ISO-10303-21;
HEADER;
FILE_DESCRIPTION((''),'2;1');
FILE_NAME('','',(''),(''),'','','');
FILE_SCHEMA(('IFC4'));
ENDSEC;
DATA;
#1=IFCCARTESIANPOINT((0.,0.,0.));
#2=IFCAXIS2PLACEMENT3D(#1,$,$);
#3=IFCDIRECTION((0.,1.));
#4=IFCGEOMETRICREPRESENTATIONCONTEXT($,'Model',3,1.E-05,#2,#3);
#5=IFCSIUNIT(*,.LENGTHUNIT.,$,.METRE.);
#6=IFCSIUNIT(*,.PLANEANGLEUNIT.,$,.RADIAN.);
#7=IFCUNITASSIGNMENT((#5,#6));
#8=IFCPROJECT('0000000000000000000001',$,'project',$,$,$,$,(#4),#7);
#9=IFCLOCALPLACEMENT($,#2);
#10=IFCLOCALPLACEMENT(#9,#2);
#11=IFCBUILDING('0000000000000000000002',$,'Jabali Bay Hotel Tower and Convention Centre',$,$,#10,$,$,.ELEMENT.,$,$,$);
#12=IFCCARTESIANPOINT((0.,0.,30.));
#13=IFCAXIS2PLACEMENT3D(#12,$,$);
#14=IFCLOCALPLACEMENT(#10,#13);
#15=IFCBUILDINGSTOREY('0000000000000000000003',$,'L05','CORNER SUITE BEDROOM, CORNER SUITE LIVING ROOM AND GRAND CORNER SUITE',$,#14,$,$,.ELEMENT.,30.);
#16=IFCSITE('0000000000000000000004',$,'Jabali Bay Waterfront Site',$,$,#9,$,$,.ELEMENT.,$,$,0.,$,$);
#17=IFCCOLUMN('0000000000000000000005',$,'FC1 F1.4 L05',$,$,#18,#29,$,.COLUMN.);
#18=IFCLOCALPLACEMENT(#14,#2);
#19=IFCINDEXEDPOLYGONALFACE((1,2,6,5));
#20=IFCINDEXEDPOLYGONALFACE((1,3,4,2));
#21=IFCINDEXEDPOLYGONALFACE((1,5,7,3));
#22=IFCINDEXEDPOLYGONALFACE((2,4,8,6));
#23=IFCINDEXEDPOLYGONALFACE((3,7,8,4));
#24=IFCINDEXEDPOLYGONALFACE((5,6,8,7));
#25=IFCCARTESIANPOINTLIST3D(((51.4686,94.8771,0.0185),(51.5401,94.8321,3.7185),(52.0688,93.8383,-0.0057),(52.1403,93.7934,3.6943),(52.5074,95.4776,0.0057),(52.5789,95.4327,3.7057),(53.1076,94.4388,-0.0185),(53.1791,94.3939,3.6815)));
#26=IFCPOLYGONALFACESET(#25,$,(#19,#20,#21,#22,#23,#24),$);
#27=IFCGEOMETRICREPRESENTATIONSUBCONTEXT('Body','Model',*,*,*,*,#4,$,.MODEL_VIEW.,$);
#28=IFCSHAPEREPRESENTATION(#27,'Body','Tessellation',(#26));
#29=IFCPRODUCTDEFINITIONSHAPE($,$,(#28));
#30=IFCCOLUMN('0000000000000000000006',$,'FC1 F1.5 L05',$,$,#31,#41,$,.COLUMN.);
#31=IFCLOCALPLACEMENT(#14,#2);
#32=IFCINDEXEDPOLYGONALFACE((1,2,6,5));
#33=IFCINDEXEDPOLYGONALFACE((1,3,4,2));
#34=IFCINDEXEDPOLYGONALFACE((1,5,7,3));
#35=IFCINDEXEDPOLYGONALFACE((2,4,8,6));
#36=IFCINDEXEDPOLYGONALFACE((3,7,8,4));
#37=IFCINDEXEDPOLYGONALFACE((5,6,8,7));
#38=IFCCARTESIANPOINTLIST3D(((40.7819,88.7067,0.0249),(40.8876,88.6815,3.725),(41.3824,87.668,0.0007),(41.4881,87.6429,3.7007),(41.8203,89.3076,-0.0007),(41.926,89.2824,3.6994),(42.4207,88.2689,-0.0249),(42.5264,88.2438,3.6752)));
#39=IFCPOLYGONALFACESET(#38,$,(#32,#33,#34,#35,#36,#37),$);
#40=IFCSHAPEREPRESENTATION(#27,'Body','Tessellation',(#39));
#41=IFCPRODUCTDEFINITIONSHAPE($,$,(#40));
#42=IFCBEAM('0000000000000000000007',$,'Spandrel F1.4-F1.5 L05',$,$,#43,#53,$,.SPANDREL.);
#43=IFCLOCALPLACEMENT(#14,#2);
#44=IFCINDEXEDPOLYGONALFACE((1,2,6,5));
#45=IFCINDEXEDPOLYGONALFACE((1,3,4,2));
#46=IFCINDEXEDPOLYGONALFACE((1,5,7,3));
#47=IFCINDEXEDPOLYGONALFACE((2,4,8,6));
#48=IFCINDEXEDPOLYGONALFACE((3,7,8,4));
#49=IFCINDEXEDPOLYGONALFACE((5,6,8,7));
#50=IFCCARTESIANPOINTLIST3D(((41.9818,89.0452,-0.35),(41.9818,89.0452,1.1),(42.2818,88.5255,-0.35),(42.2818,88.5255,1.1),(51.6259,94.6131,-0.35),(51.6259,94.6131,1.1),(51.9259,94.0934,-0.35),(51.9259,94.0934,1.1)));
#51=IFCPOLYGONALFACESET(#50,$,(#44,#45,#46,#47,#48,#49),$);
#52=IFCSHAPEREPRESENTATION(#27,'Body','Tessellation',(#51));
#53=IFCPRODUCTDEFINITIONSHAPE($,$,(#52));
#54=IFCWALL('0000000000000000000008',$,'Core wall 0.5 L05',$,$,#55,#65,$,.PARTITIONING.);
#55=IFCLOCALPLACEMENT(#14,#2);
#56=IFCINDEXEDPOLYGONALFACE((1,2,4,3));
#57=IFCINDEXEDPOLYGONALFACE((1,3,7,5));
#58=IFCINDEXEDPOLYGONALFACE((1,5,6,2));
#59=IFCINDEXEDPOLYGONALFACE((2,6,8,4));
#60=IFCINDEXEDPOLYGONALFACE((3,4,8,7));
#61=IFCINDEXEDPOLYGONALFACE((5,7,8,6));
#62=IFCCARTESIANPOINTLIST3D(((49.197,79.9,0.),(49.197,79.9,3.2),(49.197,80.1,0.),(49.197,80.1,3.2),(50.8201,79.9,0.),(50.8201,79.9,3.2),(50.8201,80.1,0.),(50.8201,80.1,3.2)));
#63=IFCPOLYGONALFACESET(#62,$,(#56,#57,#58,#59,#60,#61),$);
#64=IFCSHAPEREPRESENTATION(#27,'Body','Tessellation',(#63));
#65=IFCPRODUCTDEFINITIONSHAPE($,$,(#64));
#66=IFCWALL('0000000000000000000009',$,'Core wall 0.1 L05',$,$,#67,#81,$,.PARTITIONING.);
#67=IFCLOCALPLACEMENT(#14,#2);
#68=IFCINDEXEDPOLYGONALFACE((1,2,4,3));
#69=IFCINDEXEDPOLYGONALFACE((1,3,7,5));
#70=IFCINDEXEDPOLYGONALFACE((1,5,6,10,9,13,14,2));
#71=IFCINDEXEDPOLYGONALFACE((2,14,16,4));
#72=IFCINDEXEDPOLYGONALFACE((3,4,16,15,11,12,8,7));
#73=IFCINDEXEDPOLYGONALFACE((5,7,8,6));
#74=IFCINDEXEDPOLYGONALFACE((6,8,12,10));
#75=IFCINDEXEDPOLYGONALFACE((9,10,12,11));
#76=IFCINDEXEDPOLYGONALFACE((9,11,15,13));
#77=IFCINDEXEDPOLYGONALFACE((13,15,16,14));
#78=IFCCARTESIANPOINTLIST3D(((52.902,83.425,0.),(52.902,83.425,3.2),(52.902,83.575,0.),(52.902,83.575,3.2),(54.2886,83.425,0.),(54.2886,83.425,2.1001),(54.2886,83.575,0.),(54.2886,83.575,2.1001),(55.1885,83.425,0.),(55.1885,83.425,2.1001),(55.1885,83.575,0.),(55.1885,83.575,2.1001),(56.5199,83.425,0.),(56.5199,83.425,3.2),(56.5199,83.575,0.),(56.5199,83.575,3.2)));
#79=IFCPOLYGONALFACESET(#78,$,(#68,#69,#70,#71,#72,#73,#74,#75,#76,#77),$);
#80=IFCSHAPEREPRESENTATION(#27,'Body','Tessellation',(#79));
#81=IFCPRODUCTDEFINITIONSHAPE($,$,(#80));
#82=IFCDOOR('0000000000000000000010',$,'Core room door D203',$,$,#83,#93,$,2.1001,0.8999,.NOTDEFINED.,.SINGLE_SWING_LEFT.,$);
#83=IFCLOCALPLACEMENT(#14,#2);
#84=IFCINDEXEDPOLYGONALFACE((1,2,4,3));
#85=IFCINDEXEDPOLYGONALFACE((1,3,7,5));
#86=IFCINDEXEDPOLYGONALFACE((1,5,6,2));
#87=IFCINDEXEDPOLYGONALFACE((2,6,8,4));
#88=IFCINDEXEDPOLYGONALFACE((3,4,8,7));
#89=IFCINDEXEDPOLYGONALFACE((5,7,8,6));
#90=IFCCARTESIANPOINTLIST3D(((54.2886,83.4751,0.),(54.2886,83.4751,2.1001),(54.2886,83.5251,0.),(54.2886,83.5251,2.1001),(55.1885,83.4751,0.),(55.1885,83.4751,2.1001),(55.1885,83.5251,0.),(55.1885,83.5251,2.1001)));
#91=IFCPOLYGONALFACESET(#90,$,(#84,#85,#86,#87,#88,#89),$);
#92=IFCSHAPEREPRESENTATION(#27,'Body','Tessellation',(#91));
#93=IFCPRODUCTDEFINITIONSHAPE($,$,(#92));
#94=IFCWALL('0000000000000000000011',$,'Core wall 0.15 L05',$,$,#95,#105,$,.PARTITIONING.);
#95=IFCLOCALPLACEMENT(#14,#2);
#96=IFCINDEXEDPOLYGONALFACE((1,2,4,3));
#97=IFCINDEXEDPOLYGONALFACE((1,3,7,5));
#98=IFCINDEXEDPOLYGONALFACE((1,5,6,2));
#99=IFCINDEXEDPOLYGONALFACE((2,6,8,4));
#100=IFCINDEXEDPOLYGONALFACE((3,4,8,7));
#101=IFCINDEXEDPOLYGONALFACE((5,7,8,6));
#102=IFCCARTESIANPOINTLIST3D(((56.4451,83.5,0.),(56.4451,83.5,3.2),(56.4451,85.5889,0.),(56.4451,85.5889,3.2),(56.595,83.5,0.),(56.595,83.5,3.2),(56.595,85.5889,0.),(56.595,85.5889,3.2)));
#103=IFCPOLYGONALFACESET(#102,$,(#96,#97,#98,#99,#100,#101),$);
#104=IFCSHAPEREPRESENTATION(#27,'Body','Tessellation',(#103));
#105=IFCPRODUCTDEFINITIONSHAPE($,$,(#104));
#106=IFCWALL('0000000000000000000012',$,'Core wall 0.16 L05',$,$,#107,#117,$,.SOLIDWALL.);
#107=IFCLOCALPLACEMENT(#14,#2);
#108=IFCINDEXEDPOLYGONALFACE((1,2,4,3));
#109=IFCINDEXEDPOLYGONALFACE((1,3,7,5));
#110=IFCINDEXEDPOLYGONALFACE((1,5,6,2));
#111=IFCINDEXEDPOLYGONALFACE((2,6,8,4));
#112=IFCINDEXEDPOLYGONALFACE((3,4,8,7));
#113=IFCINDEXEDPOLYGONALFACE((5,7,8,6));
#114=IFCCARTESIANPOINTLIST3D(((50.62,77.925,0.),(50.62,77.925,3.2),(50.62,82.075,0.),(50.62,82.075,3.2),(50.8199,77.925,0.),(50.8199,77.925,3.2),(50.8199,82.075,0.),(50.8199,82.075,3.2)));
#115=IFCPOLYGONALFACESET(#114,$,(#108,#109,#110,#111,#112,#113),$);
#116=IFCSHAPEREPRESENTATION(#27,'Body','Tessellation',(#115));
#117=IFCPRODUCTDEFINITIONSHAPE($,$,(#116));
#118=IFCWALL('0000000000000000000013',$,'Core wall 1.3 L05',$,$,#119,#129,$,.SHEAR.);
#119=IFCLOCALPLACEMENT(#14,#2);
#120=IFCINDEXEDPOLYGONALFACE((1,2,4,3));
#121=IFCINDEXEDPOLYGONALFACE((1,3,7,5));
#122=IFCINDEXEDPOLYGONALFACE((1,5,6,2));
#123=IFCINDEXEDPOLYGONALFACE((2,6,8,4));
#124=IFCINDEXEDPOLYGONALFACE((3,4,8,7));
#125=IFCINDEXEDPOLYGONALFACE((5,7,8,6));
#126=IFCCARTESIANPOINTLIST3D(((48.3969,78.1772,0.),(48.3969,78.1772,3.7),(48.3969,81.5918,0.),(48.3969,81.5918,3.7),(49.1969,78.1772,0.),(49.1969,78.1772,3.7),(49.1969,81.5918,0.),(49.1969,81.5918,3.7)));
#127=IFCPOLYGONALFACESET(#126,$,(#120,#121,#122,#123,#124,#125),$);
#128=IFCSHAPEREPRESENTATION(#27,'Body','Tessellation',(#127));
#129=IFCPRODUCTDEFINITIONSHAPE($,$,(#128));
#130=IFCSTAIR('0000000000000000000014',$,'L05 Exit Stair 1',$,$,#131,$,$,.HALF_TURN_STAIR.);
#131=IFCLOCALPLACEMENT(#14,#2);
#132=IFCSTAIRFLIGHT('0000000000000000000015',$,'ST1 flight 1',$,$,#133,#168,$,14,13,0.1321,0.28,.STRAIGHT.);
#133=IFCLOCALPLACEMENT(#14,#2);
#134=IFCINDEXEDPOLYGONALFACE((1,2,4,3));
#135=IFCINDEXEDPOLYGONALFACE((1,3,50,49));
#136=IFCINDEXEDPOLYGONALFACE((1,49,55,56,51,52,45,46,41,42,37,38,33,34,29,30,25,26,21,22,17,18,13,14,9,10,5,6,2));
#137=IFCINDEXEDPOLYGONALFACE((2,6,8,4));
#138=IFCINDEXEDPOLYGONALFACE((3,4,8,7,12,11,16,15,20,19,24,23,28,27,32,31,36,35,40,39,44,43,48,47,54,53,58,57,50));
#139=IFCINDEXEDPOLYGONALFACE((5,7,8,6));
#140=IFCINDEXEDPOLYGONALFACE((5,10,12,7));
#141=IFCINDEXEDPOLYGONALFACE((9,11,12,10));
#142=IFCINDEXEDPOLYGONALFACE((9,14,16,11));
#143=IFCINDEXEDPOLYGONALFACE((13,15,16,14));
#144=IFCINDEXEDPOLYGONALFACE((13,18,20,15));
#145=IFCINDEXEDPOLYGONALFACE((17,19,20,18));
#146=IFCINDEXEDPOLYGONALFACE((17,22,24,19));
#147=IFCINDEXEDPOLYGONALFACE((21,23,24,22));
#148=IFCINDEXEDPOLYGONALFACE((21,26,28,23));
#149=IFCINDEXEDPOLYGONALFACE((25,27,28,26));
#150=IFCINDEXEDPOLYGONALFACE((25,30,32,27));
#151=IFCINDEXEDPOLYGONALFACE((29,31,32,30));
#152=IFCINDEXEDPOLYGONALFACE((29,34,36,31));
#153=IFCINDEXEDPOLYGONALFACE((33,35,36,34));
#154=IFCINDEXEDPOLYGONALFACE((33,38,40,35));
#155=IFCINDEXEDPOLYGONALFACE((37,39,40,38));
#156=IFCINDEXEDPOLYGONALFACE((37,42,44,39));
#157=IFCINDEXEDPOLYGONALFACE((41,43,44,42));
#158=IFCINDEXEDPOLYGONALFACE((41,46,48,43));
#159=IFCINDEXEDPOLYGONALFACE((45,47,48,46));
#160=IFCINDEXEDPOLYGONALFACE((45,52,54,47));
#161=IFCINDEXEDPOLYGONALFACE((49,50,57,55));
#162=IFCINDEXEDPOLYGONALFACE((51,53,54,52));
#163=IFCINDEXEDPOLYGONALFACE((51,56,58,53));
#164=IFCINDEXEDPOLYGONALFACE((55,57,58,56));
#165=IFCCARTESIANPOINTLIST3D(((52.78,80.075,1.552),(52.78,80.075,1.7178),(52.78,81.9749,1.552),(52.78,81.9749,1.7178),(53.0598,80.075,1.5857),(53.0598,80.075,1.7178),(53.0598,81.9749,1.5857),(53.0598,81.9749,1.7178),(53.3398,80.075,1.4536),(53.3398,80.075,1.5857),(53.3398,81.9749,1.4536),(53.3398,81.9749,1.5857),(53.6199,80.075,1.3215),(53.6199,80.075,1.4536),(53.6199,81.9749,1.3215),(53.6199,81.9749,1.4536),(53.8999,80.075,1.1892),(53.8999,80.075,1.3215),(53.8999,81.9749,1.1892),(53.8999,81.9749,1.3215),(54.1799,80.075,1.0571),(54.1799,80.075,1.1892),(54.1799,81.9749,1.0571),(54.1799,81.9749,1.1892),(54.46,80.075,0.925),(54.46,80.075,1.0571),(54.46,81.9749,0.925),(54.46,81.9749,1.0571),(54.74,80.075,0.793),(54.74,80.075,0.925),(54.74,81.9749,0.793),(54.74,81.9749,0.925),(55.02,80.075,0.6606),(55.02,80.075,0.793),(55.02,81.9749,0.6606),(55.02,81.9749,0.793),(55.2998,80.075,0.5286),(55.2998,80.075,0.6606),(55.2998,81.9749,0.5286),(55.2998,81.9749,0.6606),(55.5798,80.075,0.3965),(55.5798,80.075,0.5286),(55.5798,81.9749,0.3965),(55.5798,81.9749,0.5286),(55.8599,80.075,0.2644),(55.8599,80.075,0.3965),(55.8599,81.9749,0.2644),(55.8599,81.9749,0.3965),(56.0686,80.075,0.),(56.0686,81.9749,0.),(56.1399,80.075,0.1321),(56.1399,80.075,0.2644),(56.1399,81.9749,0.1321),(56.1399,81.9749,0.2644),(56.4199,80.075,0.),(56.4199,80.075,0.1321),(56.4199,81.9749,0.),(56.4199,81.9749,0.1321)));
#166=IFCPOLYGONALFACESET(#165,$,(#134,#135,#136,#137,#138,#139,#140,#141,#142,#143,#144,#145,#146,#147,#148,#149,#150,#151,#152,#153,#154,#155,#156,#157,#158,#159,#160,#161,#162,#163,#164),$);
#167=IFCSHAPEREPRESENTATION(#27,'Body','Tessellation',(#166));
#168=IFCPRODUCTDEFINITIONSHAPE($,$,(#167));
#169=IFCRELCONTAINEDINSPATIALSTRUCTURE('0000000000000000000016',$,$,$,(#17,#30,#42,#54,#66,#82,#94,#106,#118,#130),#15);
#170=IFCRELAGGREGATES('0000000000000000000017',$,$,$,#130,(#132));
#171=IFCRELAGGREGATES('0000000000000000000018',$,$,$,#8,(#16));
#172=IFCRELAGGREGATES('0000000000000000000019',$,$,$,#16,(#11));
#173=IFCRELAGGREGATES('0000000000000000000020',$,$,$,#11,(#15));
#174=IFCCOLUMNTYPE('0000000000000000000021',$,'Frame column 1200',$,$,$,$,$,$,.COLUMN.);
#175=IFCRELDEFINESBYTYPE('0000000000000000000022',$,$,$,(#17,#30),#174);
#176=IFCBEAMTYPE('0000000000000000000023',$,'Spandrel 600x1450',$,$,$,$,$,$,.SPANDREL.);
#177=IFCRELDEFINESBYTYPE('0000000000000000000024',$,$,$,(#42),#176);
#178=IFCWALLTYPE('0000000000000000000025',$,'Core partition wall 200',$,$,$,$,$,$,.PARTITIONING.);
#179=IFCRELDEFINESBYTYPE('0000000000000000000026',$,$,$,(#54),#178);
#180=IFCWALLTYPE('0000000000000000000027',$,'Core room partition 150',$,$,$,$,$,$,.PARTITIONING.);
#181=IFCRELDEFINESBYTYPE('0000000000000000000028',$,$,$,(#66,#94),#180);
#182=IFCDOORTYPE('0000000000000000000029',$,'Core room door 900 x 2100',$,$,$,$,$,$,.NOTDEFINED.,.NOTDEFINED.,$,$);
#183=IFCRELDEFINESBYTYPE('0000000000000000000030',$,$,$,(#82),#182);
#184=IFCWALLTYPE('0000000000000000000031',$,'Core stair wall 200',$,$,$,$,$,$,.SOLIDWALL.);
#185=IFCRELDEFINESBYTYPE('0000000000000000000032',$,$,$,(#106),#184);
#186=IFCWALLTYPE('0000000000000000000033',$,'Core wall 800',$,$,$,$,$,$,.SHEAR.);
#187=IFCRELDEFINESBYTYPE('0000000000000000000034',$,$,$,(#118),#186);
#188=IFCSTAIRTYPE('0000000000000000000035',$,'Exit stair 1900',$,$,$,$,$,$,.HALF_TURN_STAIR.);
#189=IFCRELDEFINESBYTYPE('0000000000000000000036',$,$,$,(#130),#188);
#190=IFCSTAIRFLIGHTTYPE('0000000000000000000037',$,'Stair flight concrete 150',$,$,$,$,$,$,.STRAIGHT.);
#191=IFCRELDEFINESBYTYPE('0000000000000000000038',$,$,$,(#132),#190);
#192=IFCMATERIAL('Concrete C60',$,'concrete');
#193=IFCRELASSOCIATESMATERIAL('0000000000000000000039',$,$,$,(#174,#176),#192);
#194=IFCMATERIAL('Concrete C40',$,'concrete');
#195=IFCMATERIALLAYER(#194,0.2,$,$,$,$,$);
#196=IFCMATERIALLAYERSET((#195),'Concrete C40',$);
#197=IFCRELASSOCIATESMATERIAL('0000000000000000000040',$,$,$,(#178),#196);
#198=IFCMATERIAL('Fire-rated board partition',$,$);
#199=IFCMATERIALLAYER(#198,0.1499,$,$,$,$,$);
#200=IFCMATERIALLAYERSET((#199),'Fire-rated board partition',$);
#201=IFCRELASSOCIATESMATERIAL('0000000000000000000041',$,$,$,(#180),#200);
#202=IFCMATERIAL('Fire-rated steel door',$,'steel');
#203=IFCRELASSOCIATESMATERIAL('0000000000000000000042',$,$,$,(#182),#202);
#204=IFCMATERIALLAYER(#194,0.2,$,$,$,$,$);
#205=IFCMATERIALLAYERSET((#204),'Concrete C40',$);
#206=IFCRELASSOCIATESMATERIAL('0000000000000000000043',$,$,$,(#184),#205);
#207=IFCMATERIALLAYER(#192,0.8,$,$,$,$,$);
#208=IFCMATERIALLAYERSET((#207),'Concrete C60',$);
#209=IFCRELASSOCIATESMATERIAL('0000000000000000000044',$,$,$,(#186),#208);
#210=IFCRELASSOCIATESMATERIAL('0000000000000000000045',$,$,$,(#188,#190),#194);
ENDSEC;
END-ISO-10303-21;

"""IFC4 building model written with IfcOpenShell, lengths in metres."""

from ifc_helpers import new_model, si_unit, direction, frame, frame_2d, origin, origin_2d, place, context, subcontext, project, spatial, polyline, rectangle, outline, extrude, material, layer, layer_set, material_profile, profile_set, type_object, element, fill, aggregate, save


model = new_model("IFC4")

# Units and contexts
model_context = context("Model", 3, precision=1e-05, world=origin(), true_north=direction((0.0, 1.0)))
body_context = subcontext(model_context, "Body", "Model", "MODEL_VIEW")
ifc_project = project(units=[si_unit("LENGTHUNIT", "METRE"), si_unit("PLANEANGLEUNIT", "RADIAN")], contexts=[model_context])

# Site, building, storey
site_placement = place(None, origin())
site = spatial("IfcSite", under=ifc_project, at=site_placement, Name="Jabali Bay Waterfront Site", CompositionType="ELEMENT", RefElevation=0.0)
building_placement = place(site_placement, origin())
building = spatial("IfcBuilding", under=site, at=building_placement, Name="Jabali Bay Hotel Tower and Convention Centre", CompositionType="ELEMENT")
storey_placement = place(building_placement, frame((0.0, 0.0, 30.0)))
storey = spatial("IfcBuildingStorey", under=building, at=storey_placement, Name="L05", Description="CORNER SUITE BEDROOM, CORNER SUITE LIVING ROOM AND GRAND CORNER SUITE", CompositionType="ELEMENT", Elevation=30.0)

# Columns
ifc_material_1 = material(Name="Concrete C60", Category="concrete")
ifc_material_profile_1 = material_profile(ifc_material_1, rectangle(XDim=1.2, YDim=1.2, at=origin_2d()), Name="Frame column 1200")
ifc_profile_set_1 = profile_set([ifc_material_profile_1], Name="Concrete C60")
column_type = type_object("IfcColumnType", Name="Frame column 1200", PredefinedType="COLUMN", material=ifc_profile_set_1)
column_1_placement = place(storey_placement, frame((52.2881, 94.658, 0.0), z_axis=(0.019329, -0.012138, 0.99974), x_axis=(-0.500209, 0.86567, 0.020181)))
element("IfcColumn", 1, at=column_1_placement, inside=storey, type_object=column_type, Name="FC1 F1.4 L05", PredefinedType="COLUMN", context=body_context, shape_type="SweptSolid", body=[
    extrude(rectangle(XDim=1.2, YDim=1.2, at=origin_2d()), origin(), (0.0, 0.0, 1.0), 3.7009),
])
column_2_placement = place(storey_placement, frame((41.6013, 88.4878, 0.0), z_axis=(0.028559, -0.006794, 0.999569), x_axis=(-0.500406, 0.865556, 0.02018)))
element("IfcColumn", 2, at=column_2_placement, inside=storey, type_object=column_type, Name="FC1 F1.5 L05", PredefinedType="COLUMN", context=body_context, shape_type="SweptSolid", body=[
    extrude(rectangle(XDim=1.2, YDim=1.2, at=origin_2d()), origin(), (0.0, 0.0, 1.0), 3.7017),
])

# Beam
ifc_material_profile_2 = material_profile(ifc_material_1, rectangle(XDim=0.6001, YDim=1.45, at=origin_2d()), Name="Spandrel 600x1450")
ifc_profile_set_2 = profile_set([ifc_material_profile_2], Name="Concrete C60")
beam_type = type_object("IfcBeamType", Name="Spandrel 600x1450", PredefinedType="SPANDREL", material=ifc_profile_set_2)
beam_placement = place(storey_placement, frame((51.7759, 94.3533, 0.375), z_axis=(-0.86603, -0.499992, 0.0), x_axis=(0.499992, -0.86603, 0.0)))
element("IfcBeam", 3, at=beam_placement, inside=storey, type_object=beam_type, Name="Spandrel F1.4-F1.5 L05", PredefinedType="SPANDREL", context=body_context, shape_type="SweptSolid", body=[
    extrude(rectangle(XDim=0.6001, YDim=1.45, at=origin_2d()), origin(), (0.0, 0.0, 1.0), 11.136),
])

# Wall
ifc_material_2 = material(Name="Concrete C40", Category="concrete")
ifc_layer_1 = layer(ifc_material_2, 0.2)
ifc_layer_set_1 = layer_set([ifc_layer_1], Name="Concrete C40")
wall_type_1 = type_object("IfcWallType", Name="Core partition wall 200", PredefinedType="PARTITIONING", material=ifc_layer_set_1)
wall_1_placement = place(storey_placement, frame((50.8201, 80.0, 0.0), z_axis=(0.0, 0.0, 1.0), x_axis=(-1.0, 0.0, 0.0)))
element("IfcWall", 4, at=wall_1_placement, inside=storey, type_object=wall_type_1, Name="Core wall 0.5 L05", PredefinedType="PARTITIONING", context=body_context, shape_type="SweptSolid", body=[
    extrude(rectangle(XDim=1.623, YDim=0.2, at=frame_2d((0.8115, 0.0))), origin(), (0.0, 0.0, 1.0), 3.2),
])

# Wall, opening, door
ifc_material_3 = material(Name="Fire-rated board partition")
ifc_layer_2 = layer(ifc_material_3, 0.1499)
ifc_layer_set_2 = layer_set([ifc_layer_2], Name="Fire-rated board partition")
wall_type_2 = type_object("IfcWallType", Name="Core room partition 150", PredefinedType="PARTITIONING", material=ifc_layer_set_2)
wall_2_placement = place(storey_placement, frame((56.52, 83.5, 0.0), z_axis=(0.0, 0.0, 1.0), x_axis=(-1.0, 0.0, 0.0)))
wall_2 = element("IfcWall", 5, at=wall_2_placement, inside=storey, type_object=wall_type_2, Name="Core wall 0.1 L05", PredefinedType="PARTITIONING", context=body_context, shape_type="SweptSolid", body=[
    extrude(rectangle(XDim=3.6179, YDim=0.1499, at=frame_2d((1.8091, 0.0))), origin(), (0.0, 0.0, 1.0), 3.2),
])
opening_placement = place(wall_2_placement, frame((1.3315, 0.0, 0.0)))
opening = element("IfcOpeningElement", 6, at=opening_placement, cuts=wall_2, PredefinedType="OPENING", context=body_context, shape_type="SweptSolid", body=[
    extrude(rectangle(XDim=0.8999, YDim=2.1001, at=frame_2d((0.45, 1.05))), frame((0.0, 0.0854, 0.0), z_axis=(0.0, -1.0, 0.0), x_axis=(1.0, 0.0, 0.0)), (0.0, 0.0, 1.0), 0.1709),
])
ifc_material_4 = material(Name="Fire-rated steel door", Category="steel")
door_type = type_object("IfcDoorType", Name="Core room door 900 x 2100", OperationType="NOTDEFINED", PredefinedType="NOTDEFINED", material=ifc_material_4)
door_placement = place(opening_placement, origin())
door = element("IfcDoor", 7, at=door_placement, inside=storey, type_object=door_type, Name="Core room door D203", OperationType="SINGLE_SWING_LEFT", OverallHeight=2.1001, OverallWidth=0.8999, PredefinedType="NOTDEFINED", context=body_context, shape_type="SweptSolid", body=[
    extrude(rectangle(XDim=0.8999, YDim=2.1001, at=frame_2d((0.45, 1.05))), frame((0.0, 0.0249, 0.0), z_axis=(0.0, -1.0, 0.0), x_axis=(1.0, 0.0, 0.0)), (0.0, 0.0, 1.0), 0.05),
])
fill(opening, door)

# Walls
wall_3_placement = place(storey_placement, frame((56.52, 85.5889, 0.0), z_axis=(0.0, 0.0, 1.0), x_axis=(0.0, -1.0, 0.0)))
element("IfcWall", 8, at=wall_3_placement, inside=storey, type_object=wall_type_2, Name="Core wall 0.15 L05", PredefinedType="PARTITIONING", context=body_context, shape_type="SweptSolid", body=[
    extrude(rectangle(XDim=2.0889, YDim=0.1499, at=frame_2d((1.0444, 0.0))), origin(), (0.0, 0.0, 1.0), 3.2),
])
ifc_layer_3 = layer(ifc_material_2, 0.2)
ifc_layer_set_3 = layer_set([ifc_layer_3], Name="Concrete C40")
wall_type_3 = type_object("IfcWallType", Name="Core stair wall 200", PredefinedType="SOLIDWALL", material=ifc_layer_set_3)
wall_4_placement = place(storey_placement, frame((50.72, 82.075, 0.0), z_axis=(0.0, 0.0, 1.0), x_axis=(0.0, -1.0, 0.0)))
element("IfcWall", 9, at=wall_4_placement, inside=storey, type_object=wall_type_3, Name="Core wall 0.16 L05", PredefinedType="SOLIDWALL", context=body_context, shape_type="SweptSolid", body=[
    extrude(rectangle(XDim=4.1499, YDim=0.2, at=frame_2d((2.075, 0.0))), origin(), (0.0, 0.0, 1.0), 3.2),
])
ifc_layer_4 = layer(ifc_material_1, 0.8)
ifc_layer_set_4 = layer_set([ifc_layer_4], Name="Concrete C60")
wall_type_4 = type_object("IfcWallType", Name="Core wall 800", PredefinedType="SHEAR", material=ifc_layer_set_4)
wall_5_placement = place(storey_placement, frame((48.7969, 81.5918, 0.0), z_axis=(0.0, 0.0, 1.0), x_axis=(0.0, -1.0, 0.0)))
element("IfcWall", 10, at=wall_5_placement, inside=storey, type_object=wall_type_4, Name="Core wall 1.3 L05", PredefinedType="SHEAR", context=body_context, shape_type="SweptSolid", body=[
    extrude(rectangle(XDim=3.4146, YDim=0.8, at=frame_2d((1.7073, 0.0))), origin(), (0.0, 0.0, 1.0), 3.7),
])

# Stair, stair flight
stair_type = type_object("IfcStairType", Name="Exit stair 1900", PredefinedType="HALF_TURN_STAIR", material=ifc_material_2)
stair_placement = place(storey_placement, origin())
stair = element("IfcStair", 11, at=stair_placement, inside=storey, type_object=stair_type, Name="L05 Exit Stair 1", PredefinedType="HALF_TURN_STAIR")
stair_flight_type = type_object("IfcStairFlightType", Name="Stair flight concrete 150", PredefinedType="STRAIGHT", material=ifc_material_2)
stair_flight_placement = place(storey_placement, frame((56.4199, 81.0249, 0.0), z_axis=(0.0, 0.0, 1.0), x_axis=(-1.0, 0.0, 0.0)))
stair_flight = element("IfcStairFlight", 12, at=stair_flight_placement, type_object=stair_flight_type, Name="ST1 flight 1", NumberOfRisers=14, NumberOfTreads=13, PredefinedType="STRAIGHT", RiserHeight=0.1321, TreadLength=0.28, context=body_context, shape_type="SweptSolid", body=[
    extrude(outline(polyline([(0.0, 0.0), (0.0, 0.1321), (0.28, 0.1321), (0.28, 0.2644), (0.5601, 0.2644), (0.5601, 0.3965), (0.8401, 0.3965), (0.8401, 0.5286), (1.1201, 0.5286), (1.1201, 0.6606), (1.3999, 0.6606), (1.3999, 0.793), (1.6799, 0.793), (1.6799, 0.925), (1.96, 0.925), (1.96, 1.0571), (2.24, 1.0571), (2.24, 1.1892), (2.52, 1.1892), (2.52, 1.3215), (2.8, 1.3215), (2.8, 1.4536), (3.0801, 1.4536), (3.0801, 1.5857), (3.3601, 1.5857), (3.3601, 1.7178), (3.6399, 1.7178), (3.6399, 1.8501), (3.6399, 1.552), (0.3513, 0.0), (0.0, 0.0)])), frame((0.0, 0.95, 0.0), z_axis=(0.0, -1.0, 0.0), x_axis=(1.0, 0.0, 0.0)), (0.0, 0.0, 1.0), 1.8999),
])
aggregate(stair, [stair_flight])

save(model, "model.ifc")
